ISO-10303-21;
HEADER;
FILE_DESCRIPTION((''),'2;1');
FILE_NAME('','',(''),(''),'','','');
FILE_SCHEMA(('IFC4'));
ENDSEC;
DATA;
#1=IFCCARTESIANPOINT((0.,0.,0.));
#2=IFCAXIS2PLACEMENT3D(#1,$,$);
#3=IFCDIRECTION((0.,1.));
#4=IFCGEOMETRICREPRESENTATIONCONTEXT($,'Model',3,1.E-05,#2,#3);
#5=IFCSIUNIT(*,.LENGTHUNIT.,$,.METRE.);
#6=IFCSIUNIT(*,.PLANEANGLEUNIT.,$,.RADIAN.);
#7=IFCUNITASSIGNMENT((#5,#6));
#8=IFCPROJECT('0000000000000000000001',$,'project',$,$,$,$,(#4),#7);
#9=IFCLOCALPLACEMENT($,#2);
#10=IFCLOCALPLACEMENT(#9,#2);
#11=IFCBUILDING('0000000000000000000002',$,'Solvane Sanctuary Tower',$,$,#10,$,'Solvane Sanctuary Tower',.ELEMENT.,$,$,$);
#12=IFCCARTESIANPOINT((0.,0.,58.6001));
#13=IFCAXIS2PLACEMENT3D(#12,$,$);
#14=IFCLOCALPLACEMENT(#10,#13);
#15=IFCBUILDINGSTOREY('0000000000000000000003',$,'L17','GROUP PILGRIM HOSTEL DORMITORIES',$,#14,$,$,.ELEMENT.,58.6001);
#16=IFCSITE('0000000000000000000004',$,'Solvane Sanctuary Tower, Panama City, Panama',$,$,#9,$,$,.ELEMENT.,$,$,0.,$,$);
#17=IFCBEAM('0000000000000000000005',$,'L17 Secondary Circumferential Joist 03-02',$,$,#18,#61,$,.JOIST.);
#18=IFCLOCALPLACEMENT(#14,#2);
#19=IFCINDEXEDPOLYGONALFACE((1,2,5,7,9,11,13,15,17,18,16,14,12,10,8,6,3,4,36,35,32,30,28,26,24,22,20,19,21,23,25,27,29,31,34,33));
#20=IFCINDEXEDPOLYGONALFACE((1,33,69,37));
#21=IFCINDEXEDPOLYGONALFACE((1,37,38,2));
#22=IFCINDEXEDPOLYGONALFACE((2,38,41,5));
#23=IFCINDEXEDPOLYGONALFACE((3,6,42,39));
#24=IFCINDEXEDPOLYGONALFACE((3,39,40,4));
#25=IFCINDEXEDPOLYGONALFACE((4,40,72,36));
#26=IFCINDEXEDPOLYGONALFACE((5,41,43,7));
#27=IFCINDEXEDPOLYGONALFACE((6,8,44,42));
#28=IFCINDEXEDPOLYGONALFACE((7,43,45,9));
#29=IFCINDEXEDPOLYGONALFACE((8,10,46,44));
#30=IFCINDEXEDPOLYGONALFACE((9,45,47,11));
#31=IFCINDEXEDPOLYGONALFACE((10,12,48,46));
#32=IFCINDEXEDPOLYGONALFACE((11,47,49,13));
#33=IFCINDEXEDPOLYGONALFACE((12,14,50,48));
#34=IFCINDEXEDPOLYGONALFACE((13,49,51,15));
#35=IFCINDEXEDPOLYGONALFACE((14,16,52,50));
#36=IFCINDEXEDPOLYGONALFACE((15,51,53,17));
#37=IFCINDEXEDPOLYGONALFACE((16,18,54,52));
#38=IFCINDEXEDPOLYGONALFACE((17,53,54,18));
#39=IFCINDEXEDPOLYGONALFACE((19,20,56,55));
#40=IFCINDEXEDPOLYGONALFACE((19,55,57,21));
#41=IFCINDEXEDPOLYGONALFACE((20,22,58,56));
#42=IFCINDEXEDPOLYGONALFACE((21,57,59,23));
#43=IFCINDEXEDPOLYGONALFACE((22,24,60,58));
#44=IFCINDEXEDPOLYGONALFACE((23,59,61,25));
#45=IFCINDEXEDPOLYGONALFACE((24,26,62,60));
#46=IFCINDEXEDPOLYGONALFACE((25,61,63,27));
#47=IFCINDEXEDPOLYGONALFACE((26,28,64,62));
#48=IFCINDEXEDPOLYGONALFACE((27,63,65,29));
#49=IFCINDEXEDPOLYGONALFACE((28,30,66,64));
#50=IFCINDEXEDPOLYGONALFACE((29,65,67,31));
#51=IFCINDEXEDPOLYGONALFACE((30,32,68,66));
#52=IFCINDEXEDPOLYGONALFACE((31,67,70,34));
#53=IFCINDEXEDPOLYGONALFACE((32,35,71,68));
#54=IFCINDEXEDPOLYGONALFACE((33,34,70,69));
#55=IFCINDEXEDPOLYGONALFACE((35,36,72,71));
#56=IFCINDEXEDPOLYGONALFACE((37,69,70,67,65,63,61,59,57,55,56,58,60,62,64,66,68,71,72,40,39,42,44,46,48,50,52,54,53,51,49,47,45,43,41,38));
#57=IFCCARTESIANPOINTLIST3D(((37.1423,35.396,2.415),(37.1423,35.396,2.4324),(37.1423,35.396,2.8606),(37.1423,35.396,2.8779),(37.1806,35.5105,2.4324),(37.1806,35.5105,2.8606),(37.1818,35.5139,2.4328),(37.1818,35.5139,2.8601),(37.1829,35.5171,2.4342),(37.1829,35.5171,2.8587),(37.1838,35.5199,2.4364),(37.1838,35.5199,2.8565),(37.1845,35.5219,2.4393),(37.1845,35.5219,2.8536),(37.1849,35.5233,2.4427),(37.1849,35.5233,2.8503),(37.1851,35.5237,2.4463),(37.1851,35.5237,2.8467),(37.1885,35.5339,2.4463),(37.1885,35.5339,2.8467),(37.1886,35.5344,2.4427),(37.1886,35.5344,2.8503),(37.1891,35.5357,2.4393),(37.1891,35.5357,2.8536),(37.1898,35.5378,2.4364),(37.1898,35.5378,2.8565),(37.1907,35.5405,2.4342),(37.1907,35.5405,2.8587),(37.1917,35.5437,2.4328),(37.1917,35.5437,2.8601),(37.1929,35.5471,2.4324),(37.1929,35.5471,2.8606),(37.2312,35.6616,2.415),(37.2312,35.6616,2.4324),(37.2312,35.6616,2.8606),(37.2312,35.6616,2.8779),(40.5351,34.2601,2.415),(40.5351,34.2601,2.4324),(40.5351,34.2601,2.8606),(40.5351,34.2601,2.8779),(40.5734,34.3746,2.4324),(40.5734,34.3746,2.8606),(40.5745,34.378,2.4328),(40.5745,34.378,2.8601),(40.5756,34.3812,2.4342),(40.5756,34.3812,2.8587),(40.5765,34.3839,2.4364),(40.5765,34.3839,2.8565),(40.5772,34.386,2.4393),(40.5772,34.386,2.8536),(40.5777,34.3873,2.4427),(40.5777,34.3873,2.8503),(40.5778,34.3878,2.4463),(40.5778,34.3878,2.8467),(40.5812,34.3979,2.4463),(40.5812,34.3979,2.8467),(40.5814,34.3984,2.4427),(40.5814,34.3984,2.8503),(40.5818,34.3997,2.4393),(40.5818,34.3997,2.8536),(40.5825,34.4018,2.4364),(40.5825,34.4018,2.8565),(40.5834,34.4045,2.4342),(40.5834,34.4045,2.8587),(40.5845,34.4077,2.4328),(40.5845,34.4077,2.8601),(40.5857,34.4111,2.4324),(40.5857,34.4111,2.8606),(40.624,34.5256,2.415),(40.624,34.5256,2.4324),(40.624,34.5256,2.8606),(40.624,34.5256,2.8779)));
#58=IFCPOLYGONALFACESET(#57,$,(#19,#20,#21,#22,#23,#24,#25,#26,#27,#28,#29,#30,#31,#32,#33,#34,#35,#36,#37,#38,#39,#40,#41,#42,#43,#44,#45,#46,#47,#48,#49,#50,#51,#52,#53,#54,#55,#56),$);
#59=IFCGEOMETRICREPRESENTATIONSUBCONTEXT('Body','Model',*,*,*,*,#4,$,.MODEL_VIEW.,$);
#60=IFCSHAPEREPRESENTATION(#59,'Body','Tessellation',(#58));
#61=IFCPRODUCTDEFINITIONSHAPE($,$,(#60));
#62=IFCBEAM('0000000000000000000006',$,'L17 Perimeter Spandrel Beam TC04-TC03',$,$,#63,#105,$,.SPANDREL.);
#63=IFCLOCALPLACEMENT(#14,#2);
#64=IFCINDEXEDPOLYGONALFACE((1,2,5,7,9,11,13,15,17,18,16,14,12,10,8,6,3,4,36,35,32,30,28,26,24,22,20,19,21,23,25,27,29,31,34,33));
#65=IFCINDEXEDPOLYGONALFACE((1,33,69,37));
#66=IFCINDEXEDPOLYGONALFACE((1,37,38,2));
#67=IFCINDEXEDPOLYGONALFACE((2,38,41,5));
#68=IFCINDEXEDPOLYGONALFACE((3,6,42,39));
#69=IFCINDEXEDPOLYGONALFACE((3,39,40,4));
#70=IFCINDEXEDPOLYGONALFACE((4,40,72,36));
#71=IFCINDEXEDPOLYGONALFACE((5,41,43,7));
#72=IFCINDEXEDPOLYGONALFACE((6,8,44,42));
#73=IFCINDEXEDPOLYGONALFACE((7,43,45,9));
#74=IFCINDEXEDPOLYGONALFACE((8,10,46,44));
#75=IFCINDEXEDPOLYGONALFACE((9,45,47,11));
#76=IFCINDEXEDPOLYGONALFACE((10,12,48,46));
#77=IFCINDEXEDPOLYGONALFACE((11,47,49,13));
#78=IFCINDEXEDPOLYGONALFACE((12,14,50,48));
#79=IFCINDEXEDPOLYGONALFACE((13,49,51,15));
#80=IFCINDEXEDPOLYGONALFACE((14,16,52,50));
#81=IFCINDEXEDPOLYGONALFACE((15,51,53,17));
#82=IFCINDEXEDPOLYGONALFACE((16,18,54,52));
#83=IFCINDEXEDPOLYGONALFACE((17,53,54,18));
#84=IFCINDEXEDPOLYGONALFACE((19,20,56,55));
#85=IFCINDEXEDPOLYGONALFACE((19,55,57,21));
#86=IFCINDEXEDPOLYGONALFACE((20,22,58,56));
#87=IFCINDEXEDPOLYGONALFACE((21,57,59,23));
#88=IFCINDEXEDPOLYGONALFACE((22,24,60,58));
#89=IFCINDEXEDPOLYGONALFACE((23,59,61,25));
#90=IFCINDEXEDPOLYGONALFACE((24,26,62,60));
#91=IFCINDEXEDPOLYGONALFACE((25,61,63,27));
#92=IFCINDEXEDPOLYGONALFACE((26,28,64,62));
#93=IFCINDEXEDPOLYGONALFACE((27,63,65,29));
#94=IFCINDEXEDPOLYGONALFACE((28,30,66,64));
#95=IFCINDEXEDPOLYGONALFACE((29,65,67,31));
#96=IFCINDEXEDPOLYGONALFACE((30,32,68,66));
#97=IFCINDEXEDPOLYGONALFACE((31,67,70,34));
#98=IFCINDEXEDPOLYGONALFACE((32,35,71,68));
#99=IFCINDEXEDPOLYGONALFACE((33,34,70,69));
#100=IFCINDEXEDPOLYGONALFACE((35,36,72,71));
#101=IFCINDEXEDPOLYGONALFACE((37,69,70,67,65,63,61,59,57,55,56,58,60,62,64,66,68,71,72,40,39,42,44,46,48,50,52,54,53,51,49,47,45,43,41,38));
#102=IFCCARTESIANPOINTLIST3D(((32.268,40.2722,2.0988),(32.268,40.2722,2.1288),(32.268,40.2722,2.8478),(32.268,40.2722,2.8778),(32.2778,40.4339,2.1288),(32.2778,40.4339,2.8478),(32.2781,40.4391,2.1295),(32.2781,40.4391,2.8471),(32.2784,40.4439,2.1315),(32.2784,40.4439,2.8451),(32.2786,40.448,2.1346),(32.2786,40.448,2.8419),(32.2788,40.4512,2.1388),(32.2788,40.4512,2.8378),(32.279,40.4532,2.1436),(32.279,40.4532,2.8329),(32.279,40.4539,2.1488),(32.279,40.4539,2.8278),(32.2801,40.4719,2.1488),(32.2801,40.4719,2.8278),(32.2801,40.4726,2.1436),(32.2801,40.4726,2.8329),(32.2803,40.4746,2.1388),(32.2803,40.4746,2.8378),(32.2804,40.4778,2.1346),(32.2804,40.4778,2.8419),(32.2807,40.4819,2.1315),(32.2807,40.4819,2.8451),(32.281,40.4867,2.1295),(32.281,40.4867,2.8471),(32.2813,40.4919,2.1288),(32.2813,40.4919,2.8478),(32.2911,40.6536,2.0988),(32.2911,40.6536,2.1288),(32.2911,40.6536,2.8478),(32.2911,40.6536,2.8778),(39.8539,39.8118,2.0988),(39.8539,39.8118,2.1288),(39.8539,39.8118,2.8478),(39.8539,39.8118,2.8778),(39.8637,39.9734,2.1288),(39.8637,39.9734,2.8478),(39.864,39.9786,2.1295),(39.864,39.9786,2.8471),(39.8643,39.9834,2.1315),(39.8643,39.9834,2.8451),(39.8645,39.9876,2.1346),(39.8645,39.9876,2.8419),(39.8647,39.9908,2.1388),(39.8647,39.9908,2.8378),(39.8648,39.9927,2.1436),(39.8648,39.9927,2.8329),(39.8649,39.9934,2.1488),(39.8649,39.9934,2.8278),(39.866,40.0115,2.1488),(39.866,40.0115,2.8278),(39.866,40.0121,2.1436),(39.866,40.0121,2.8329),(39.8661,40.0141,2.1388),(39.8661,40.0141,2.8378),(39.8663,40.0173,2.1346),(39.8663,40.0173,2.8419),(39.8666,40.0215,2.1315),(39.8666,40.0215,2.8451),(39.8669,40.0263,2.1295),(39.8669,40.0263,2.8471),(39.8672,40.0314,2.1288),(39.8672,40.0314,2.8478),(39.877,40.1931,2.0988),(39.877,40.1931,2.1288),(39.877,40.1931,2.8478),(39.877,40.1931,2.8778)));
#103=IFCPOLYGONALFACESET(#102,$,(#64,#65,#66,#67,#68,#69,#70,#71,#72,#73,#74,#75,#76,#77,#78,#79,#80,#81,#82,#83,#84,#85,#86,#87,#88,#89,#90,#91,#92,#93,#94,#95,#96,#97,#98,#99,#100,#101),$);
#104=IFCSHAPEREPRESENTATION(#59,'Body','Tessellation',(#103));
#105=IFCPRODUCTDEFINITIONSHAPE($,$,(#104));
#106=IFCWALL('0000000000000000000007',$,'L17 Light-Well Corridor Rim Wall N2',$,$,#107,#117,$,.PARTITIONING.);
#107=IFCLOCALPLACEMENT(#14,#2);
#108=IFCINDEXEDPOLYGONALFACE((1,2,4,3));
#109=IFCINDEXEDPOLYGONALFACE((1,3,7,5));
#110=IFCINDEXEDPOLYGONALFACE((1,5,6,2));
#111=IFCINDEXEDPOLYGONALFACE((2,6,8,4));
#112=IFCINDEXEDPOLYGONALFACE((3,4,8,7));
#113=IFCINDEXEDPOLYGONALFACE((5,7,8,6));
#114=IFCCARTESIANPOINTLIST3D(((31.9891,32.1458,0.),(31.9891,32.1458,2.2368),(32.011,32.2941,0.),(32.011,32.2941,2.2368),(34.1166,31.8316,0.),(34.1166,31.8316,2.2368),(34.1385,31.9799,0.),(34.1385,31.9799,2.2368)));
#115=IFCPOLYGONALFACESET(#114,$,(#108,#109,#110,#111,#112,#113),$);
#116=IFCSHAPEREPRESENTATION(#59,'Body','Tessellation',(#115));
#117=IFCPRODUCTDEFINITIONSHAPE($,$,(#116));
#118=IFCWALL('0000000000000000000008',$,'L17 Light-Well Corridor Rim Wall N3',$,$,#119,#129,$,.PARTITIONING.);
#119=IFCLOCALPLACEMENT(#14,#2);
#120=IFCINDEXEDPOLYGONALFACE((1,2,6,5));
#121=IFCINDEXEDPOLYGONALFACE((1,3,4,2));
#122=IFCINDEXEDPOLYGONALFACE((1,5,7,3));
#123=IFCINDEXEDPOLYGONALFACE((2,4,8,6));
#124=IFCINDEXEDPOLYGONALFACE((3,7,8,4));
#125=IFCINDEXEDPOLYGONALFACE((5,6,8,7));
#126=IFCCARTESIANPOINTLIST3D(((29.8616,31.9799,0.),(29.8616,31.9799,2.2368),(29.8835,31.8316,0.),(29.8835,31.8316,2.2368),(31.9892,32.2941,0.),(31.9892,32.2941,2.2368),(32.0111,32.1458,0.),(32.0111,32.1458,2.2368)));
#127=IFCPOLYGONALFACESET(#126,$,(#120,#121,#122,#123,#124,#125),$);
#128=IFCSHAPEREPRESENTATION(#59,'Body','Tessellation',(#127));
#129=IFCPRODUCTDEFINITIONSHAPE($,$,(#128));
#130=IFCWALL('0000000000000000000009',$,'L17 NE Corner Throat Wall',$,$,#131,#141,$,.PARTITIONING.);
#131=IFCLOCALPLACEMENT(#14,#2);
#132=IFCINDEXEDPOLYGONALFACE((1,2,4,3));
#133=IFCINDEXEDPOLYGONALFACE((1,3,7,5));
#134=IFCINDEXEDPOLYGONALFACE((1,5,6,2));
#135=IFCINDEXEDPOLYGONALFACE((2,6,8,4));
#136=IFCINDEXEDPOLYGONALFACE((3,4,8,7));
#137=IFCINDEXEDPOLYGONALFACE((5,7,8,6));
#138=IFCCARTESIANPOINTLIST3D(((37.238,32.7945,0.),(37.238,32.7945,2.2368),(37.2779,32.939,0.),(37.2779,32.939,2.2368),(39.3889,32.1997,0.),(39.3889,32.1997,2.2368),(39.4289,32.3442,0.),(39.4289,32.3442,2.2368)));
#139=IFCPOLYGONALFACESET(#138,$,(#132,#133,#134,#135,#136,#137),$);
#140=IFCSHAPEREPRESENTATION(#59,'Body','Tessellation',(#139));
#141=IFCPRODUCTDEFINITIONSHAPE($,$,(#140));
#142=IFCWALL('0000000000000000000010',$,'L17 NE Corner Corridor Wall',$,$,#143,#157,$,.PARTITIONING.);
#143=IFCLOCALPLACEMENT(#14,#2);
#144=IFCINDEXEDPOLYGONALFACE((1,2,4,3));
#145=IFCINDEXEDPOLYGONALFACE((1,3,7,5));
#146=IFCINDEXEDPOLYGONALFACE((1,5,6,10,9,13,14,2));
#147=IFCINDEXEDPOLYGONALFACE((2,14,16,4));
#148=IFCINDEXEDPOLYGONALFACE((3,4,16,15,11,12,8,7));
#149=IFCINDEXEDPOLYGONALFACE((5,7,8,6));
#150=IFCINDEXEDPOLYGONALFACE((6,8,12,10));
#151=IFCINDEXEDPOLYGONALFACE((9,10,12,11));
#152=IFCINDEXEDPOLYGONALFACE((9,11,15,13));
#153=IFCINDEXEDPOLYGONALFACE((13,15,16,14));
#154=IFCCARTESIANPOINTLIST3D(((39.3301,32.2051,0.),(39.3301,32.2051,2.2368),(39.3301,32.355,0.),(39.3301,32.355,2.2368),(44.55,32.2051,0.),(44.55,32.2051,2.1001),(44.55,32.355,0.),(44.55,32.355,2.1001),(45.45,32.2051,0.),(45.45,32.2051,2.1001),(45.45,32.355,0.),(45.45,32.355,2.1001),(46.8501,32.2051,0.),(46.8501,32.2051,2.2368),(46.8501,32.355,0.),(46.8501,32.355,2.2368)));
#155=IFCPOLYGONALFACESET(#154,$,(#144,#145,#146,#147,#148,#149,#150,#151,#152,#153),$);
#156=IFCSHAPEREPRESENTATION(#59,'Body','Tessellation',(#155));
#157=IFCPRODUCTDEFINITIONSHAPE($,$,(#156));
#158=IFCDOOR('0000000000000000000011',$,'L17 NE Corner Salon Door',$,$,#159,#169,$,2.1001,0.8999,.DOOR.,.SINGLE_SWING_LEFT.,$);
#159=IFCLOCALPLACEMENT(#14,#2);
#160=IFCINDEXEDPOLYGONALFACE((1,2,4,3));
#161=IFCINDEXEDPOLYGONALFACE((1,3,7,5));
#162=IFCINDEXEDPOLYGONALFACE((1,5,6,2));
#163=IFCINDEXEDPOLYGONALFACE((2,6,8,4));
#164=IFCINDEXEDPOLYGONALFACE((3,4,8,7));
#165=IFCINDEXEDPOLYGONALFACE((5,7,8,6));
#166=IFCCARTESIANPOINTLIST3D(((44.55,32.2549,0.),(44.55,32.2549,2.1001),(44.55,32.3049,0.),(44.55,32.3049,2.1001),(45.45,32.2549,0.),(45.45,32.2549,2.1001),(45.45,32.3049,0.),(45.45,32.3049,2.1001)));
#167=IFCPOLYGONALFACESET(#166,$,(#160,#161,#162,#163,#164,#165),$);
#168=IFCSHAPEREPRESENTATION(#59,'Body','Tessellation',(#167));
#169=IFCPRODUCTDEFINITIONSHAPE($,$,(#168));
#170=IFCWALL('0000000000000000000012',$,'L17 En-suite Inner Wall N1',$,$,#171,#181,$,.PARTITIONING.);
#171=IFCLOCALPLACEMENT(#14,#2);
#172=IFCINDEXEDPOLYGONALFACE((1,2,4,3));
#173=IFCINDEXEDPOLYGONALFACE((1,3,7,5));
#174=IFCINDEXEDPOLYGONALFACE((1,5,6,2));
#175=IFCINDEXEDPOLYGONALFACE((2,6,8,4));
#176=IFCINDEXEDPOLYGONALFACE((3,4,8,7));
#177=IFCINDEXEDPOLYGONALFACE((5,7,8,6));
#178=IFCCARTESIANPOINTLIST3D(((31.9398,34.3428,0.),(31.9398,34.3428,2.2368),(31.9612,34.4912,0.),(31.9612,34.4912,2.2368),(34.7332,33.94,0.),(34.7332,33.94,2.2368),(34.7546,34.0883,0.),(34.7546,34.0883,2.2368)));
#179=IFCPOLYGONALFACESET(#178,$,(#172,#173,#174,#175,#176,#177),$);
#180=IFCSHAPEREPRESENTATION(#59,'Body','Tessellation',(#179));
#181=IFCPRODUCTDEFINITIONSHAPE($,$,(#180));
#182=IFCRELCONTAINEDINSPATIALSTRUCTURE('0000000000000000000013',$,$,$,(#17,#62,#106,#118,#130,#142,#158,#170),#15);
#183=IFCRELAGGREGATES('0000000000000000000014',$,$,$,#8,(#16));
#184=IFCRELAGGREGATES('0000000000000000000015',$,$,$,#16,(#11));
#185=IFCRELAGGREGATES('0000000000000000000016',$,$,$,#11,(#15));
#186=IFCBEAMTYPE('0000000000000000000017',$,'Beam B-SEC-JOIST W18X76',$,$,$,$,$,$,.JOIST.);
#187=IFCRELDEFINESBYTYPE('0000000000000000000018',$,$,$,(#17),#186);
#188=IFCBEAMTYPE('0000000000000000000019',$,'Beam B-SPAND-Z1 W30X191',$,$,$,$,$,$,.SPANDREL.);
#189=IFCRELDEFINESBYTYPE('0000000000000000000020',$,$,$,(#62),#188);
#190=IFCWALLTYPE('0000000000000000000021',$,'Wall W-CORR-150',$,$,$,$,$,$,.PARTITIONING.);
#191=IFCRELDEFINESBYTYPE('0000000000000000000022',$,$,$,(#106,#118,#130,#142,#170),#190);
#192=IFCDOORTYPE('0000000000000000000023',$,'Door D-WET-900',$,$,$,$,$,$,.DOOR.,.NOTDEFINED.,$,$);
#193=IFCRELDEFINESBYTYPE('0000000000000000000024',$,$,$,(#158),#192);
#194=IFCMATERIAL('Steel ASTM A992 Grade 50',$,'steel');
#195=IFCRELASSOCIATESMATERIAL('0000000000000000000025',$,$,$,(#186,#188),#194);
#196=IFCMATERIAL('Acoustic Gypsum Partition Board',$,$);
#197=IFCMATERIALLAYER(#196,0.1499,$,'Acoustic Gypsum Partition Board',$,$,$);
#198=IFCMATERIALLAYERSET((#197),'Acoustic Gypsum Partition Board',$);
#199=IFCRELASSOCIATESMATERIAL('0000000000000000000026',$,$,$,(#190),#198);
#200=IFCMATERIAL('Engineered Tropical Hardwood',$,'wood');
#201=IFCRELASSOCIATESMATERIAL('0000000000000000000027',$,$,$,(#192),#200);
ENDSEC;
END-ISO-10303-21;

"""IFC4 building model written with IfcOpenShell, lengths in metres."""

from ifc_helpers import new_model, si_unit, direction, frame, frame_2d, origin, origin_2d, place, context, subcontext, project, spatial, rectangle, i_section, extrude, material, layer, layer_set, material_profile, profile_set, type_object, element, fill, save


model = new_model("IFC4")

# Units and contexts
model_context = context("Model", 3, precision=1e-05, world=origin(), true_north=direction((0.0, 1.0)))
body_context = subcontext(model_context, "Body", "Model", "MODEL_VIEW")
ifc_project = project(units=[si_unit("LENGTHUNIT", "METRE"), si_unit("PLANEANGLEUNIT", "RADIAN")], contexts=[model_context])

# Site, building, storey
site_placement = place(None, origin())
site = spatial("IfcSite", under=ifc_project, at=site_placement, Name="Solvane Sanctuary Tower, Panama City, Panama", CompositionType="ELEMENT", RefElevation=0.0)
building_placement = place(site_placement, origin())
building = spatial("IfcBuilding", under=site, at=building_placement, Name="Solvane Sanctuary Tower", LongName="Solvane Sanctuary Tower", CompositionType="ELEMENT")
storey_placement = place(building_placement, frame((0.0, 0.0, 58.6001)))
storey = spatial("IfcBuildingStorey", under=building, at=storey_placement, Name="L17", Description="GROUP PILGRIM HOSTEL DORMITORIES", CompositionType="ELEMENT", Elevation=58.6001)

# Beams
ifc_material_1 = material(Name="Steel ASTM A992 Grade 50", Category="steel")
ifc_material_profile_1 = material_profile(ifc_material_1, i_section(OverallWidth=0.28, OverallDepth=0.4629, WebThickness=0.0107, FlangeThickness=0.0173, FilletRadius=0.0139, at=origin_2d()), Name="W18X76")
ifc_profile_set_1 = profile_set([ifc_material_profile_1], Name="Steel ASTM A992 Grade 50")
beam_type_1 = type_object("IfcBeamType", Name="Beam B-SEC-JOIST W18X76", PredefinedType="JOIST", material=ifc_profile_set_1)
beam_1_placement = place(storey_placement, frame((37.1868, 35.5288, 2.6465), z_axis=(0.948259, -0.317497, 0.0), x_axis=(0.317497, 0.948259, 0.0)))
element("IfcBeam", 1, at=beam_1_placement, inside=storey, type_object=beam_type_1, Name="L17 Secondary Circumferential Joist 03-02", PredefinedType="JOIST", context=body_context, shape_type="SweptSolid", body=[
    extrude(i_section(OverallWidth=0.28, OverallDepth=0.4629, WebThickness=0.0107, FlangeThickness=0.0173, FilletRadius=0.0139, at=origin_2d()), origin(), (0.0, 0.0, 1.0), 3.5779),
])
ifc_material_profile_2 = material_profile(ifc_material_1, i_section(OverallWidth=0.3821, OverallDepth=0.7791, WebThickness=0.0181, FlangeThickness=0.03, FilletRadius=0.02, at=origin_2d()), Name="W30X191")
ifc_profile_set_2 = profile_set([ifc_material_profile_2], Name="Steel ASTM A992 Grade 50")
beam_type_2 = type_object("IfcBeamType", Name="Beam B-SPAND-Z1 W30X191", PredefinedType="SPANDREL", material=ifc_profile_set_2)
beam_2_placement = place(storey_placement, frame((32.2795, 40.4629, 2.4883), z_axis=(0.998163, -0.060586, 0.0), x_axis=(0.060586, 0.998163, 0.0)))
element("IfcBeam", 2, at=beam_2_placement, inside=storey, type_object=beam_type_2, Name="L17 Perimeter Spandrel Beam TC04-TC03", PredefinedType="SPANDREL", context=body_context, shape_type="SweptSolid", body=[
    extrude(i_section(OverallWidth=0.3821, OverallDepth=0.7791, WebThickness=0.0181, FlangeThickness=0.03, FilletRadius=0.02, at=origin_2d()), origin(), (0.0, 0.0, 1.0), 7.5999),
])

# Walls
ifc_material_2 = material(Name="Acoustic Gypsum Partition Board")
ifc_layer_1 = layer(ifc_material_2, 0.1499, Name="Acoustic Gypsum Partition Board")
ifc_layer_set_1 = layer_set([ifc_layer_1], Name="Acoustic Gypsum Partition Board")
wall_type_1 = type_object("IfcWallType", Name="Wall W-CORR-150", PredefinedType="PARTITIONING", material=ifc_layer_set_1)
for number, where, z_axis, x_axis, name in (
    (3, (34.1274, 31.9058, 0.0), (0.0, 0.0, 1.0), (-0.989269, 0.146108, 0.0), "L17 Light-Well Corridor Rim Wall N2"),
    (4, (32.0, 32.22, 0.0), (0.0, 0.0, 1.0), (-0.989269, -0.146108, 0.0), "L17 Light-Well Corridor Rim Wall N3"),
):
    element("IfcWall", number, at=place(storey_placement, frame(where, z_axis=z_axis, x_axis=x_axis)), inside=storey, type_object=wall_type_1, Name=name, PredefinedType="PARTITIONING", context=body_context, shape_type="SweptSolid", body=[
        extrude(rectangle(XDim=2.1506, YDim=0.1499, at=frame_2d((1.0752, 0.0))), origin(), (0.0, 0.0, 1.0), 2.2368),
    ])
wall_1_placement = place(storey_placement, frame((37.2581, 32.8667, 0.0), z_axis=(0.0, 0.0, 1.0), x_axis=(0.963834, -0.266504, 0.0)))
element("IfcWall", 5, at=wall_1_placement, inside=storey, type_object=wall_type_1, Name="L17 NE Corner Throat Wall", PredefinedType="PARTITIONING", context=body_context, shape_type="SweptSolid", body=[
    extrude(rectangle(XDim=2.2317, YDim=0.1499, at=frame_2d((1.1157, 0.0))), origin(), (0.0, 0.0, 1.0), 2.2368),
])

# Wall, opening, door
wall_2_placement = place(storey_placement, frame((39.3301, 32.28, 0.0), z_axis=(0.0, 0.0, 1.0), x_axis=(1.0, 0.0, 0.0)))
wall_2 = element("IfcWall", 6, at=wall_2_placement, inside=storey, type_object=wall_type_1, Name="L17 NE Corner Corridor Wall", PredefinedType="PARTITIONING", context=body_context, shape_type="SweptSolid", body=[
    extrude(rectangle(XDim=7.52, YDim=0.1499, at=frame_2d((3.76, 0.0))), origin(), (0.0, 0.0, 1.0), 2.2368),
])
opening_1_placement = place(wall_2_placement, frame((5.22, 0.0, 0.0)))
opening_1 = element("IfcOpeningElement", 7, at=opening_1_placement, cuts=wall_2, PredefinedType="OPENING", context=body_context, shape_type="SweptSolid", body=[
    extrude(rectangle(XDim=0.8999, YDim=2.1001, at=frame_2d((0.45, 1.05))), frame((0.0, 0.085, 0.0), z_axis=(0.0, -1.0, 0.0), x_axis=(1.0, 0.0, 0.0)), (0.0, 0.0, 1.0), 0.1699),
])
ifc_material_3 = material(Name="Engineered Tropical Hardwood", Category="wood")
door_type_1 = type_object("IfcDoorType", Name="Door D-WET-900", OperationType="NOTDEFINED", PredefinedType="DOOR", material=ifc_material_3)
door_1_placement = place(opening_1_placement, origin())
door_1 = element("IfcDoor", 8, at=door_1_placement, inside=storey, type_object=door_type_1, Name="L17 NE Corner Salon Door", OperationType="SINGLE_SWING_LEFT", OverallHeight=2.1001, OverallWidth=0.8999, PredefinedType="DOOR", context=body_context, shape_type="SweptSolid", body=[
    extrude(rectangle(XDim=0.8999, YDim=2.1001, at=frame_2d((0.45, 1.05))), frame((0.0, 0.0249, 0.0), z_axis=(0.0, -1.0, 0.0), x_axis=(1.0, 0.0, 0.0)), (0.0, 0.0, 1.0), 0.05),
])
fill(opening_1, door_1)

# Wall
wall_3_placement = place(storey_placement, frame((34.7439, 34.0142, 0.0), z_axis=(0.0, 0.0, 1.0), x_axis=(-0.989762, 0.142729, 0.0)))
element("IfcWall", 9, at=wall_3_placement, inside=storey, type_object=wall_type_1, Name="L17 En-suite Inner Wall N1", PredefinedType="PARTITIONING", context=body_context, shape_type="SweptSolid", body=[
    extrude(rectangle(XDim=2.8223, YDim=0.1499, at=frame_2d((1.4111, 0.0))), origin(), (0.0, 0.0, 1.0), 2.2368),
])

save(model, "model.ifc")
